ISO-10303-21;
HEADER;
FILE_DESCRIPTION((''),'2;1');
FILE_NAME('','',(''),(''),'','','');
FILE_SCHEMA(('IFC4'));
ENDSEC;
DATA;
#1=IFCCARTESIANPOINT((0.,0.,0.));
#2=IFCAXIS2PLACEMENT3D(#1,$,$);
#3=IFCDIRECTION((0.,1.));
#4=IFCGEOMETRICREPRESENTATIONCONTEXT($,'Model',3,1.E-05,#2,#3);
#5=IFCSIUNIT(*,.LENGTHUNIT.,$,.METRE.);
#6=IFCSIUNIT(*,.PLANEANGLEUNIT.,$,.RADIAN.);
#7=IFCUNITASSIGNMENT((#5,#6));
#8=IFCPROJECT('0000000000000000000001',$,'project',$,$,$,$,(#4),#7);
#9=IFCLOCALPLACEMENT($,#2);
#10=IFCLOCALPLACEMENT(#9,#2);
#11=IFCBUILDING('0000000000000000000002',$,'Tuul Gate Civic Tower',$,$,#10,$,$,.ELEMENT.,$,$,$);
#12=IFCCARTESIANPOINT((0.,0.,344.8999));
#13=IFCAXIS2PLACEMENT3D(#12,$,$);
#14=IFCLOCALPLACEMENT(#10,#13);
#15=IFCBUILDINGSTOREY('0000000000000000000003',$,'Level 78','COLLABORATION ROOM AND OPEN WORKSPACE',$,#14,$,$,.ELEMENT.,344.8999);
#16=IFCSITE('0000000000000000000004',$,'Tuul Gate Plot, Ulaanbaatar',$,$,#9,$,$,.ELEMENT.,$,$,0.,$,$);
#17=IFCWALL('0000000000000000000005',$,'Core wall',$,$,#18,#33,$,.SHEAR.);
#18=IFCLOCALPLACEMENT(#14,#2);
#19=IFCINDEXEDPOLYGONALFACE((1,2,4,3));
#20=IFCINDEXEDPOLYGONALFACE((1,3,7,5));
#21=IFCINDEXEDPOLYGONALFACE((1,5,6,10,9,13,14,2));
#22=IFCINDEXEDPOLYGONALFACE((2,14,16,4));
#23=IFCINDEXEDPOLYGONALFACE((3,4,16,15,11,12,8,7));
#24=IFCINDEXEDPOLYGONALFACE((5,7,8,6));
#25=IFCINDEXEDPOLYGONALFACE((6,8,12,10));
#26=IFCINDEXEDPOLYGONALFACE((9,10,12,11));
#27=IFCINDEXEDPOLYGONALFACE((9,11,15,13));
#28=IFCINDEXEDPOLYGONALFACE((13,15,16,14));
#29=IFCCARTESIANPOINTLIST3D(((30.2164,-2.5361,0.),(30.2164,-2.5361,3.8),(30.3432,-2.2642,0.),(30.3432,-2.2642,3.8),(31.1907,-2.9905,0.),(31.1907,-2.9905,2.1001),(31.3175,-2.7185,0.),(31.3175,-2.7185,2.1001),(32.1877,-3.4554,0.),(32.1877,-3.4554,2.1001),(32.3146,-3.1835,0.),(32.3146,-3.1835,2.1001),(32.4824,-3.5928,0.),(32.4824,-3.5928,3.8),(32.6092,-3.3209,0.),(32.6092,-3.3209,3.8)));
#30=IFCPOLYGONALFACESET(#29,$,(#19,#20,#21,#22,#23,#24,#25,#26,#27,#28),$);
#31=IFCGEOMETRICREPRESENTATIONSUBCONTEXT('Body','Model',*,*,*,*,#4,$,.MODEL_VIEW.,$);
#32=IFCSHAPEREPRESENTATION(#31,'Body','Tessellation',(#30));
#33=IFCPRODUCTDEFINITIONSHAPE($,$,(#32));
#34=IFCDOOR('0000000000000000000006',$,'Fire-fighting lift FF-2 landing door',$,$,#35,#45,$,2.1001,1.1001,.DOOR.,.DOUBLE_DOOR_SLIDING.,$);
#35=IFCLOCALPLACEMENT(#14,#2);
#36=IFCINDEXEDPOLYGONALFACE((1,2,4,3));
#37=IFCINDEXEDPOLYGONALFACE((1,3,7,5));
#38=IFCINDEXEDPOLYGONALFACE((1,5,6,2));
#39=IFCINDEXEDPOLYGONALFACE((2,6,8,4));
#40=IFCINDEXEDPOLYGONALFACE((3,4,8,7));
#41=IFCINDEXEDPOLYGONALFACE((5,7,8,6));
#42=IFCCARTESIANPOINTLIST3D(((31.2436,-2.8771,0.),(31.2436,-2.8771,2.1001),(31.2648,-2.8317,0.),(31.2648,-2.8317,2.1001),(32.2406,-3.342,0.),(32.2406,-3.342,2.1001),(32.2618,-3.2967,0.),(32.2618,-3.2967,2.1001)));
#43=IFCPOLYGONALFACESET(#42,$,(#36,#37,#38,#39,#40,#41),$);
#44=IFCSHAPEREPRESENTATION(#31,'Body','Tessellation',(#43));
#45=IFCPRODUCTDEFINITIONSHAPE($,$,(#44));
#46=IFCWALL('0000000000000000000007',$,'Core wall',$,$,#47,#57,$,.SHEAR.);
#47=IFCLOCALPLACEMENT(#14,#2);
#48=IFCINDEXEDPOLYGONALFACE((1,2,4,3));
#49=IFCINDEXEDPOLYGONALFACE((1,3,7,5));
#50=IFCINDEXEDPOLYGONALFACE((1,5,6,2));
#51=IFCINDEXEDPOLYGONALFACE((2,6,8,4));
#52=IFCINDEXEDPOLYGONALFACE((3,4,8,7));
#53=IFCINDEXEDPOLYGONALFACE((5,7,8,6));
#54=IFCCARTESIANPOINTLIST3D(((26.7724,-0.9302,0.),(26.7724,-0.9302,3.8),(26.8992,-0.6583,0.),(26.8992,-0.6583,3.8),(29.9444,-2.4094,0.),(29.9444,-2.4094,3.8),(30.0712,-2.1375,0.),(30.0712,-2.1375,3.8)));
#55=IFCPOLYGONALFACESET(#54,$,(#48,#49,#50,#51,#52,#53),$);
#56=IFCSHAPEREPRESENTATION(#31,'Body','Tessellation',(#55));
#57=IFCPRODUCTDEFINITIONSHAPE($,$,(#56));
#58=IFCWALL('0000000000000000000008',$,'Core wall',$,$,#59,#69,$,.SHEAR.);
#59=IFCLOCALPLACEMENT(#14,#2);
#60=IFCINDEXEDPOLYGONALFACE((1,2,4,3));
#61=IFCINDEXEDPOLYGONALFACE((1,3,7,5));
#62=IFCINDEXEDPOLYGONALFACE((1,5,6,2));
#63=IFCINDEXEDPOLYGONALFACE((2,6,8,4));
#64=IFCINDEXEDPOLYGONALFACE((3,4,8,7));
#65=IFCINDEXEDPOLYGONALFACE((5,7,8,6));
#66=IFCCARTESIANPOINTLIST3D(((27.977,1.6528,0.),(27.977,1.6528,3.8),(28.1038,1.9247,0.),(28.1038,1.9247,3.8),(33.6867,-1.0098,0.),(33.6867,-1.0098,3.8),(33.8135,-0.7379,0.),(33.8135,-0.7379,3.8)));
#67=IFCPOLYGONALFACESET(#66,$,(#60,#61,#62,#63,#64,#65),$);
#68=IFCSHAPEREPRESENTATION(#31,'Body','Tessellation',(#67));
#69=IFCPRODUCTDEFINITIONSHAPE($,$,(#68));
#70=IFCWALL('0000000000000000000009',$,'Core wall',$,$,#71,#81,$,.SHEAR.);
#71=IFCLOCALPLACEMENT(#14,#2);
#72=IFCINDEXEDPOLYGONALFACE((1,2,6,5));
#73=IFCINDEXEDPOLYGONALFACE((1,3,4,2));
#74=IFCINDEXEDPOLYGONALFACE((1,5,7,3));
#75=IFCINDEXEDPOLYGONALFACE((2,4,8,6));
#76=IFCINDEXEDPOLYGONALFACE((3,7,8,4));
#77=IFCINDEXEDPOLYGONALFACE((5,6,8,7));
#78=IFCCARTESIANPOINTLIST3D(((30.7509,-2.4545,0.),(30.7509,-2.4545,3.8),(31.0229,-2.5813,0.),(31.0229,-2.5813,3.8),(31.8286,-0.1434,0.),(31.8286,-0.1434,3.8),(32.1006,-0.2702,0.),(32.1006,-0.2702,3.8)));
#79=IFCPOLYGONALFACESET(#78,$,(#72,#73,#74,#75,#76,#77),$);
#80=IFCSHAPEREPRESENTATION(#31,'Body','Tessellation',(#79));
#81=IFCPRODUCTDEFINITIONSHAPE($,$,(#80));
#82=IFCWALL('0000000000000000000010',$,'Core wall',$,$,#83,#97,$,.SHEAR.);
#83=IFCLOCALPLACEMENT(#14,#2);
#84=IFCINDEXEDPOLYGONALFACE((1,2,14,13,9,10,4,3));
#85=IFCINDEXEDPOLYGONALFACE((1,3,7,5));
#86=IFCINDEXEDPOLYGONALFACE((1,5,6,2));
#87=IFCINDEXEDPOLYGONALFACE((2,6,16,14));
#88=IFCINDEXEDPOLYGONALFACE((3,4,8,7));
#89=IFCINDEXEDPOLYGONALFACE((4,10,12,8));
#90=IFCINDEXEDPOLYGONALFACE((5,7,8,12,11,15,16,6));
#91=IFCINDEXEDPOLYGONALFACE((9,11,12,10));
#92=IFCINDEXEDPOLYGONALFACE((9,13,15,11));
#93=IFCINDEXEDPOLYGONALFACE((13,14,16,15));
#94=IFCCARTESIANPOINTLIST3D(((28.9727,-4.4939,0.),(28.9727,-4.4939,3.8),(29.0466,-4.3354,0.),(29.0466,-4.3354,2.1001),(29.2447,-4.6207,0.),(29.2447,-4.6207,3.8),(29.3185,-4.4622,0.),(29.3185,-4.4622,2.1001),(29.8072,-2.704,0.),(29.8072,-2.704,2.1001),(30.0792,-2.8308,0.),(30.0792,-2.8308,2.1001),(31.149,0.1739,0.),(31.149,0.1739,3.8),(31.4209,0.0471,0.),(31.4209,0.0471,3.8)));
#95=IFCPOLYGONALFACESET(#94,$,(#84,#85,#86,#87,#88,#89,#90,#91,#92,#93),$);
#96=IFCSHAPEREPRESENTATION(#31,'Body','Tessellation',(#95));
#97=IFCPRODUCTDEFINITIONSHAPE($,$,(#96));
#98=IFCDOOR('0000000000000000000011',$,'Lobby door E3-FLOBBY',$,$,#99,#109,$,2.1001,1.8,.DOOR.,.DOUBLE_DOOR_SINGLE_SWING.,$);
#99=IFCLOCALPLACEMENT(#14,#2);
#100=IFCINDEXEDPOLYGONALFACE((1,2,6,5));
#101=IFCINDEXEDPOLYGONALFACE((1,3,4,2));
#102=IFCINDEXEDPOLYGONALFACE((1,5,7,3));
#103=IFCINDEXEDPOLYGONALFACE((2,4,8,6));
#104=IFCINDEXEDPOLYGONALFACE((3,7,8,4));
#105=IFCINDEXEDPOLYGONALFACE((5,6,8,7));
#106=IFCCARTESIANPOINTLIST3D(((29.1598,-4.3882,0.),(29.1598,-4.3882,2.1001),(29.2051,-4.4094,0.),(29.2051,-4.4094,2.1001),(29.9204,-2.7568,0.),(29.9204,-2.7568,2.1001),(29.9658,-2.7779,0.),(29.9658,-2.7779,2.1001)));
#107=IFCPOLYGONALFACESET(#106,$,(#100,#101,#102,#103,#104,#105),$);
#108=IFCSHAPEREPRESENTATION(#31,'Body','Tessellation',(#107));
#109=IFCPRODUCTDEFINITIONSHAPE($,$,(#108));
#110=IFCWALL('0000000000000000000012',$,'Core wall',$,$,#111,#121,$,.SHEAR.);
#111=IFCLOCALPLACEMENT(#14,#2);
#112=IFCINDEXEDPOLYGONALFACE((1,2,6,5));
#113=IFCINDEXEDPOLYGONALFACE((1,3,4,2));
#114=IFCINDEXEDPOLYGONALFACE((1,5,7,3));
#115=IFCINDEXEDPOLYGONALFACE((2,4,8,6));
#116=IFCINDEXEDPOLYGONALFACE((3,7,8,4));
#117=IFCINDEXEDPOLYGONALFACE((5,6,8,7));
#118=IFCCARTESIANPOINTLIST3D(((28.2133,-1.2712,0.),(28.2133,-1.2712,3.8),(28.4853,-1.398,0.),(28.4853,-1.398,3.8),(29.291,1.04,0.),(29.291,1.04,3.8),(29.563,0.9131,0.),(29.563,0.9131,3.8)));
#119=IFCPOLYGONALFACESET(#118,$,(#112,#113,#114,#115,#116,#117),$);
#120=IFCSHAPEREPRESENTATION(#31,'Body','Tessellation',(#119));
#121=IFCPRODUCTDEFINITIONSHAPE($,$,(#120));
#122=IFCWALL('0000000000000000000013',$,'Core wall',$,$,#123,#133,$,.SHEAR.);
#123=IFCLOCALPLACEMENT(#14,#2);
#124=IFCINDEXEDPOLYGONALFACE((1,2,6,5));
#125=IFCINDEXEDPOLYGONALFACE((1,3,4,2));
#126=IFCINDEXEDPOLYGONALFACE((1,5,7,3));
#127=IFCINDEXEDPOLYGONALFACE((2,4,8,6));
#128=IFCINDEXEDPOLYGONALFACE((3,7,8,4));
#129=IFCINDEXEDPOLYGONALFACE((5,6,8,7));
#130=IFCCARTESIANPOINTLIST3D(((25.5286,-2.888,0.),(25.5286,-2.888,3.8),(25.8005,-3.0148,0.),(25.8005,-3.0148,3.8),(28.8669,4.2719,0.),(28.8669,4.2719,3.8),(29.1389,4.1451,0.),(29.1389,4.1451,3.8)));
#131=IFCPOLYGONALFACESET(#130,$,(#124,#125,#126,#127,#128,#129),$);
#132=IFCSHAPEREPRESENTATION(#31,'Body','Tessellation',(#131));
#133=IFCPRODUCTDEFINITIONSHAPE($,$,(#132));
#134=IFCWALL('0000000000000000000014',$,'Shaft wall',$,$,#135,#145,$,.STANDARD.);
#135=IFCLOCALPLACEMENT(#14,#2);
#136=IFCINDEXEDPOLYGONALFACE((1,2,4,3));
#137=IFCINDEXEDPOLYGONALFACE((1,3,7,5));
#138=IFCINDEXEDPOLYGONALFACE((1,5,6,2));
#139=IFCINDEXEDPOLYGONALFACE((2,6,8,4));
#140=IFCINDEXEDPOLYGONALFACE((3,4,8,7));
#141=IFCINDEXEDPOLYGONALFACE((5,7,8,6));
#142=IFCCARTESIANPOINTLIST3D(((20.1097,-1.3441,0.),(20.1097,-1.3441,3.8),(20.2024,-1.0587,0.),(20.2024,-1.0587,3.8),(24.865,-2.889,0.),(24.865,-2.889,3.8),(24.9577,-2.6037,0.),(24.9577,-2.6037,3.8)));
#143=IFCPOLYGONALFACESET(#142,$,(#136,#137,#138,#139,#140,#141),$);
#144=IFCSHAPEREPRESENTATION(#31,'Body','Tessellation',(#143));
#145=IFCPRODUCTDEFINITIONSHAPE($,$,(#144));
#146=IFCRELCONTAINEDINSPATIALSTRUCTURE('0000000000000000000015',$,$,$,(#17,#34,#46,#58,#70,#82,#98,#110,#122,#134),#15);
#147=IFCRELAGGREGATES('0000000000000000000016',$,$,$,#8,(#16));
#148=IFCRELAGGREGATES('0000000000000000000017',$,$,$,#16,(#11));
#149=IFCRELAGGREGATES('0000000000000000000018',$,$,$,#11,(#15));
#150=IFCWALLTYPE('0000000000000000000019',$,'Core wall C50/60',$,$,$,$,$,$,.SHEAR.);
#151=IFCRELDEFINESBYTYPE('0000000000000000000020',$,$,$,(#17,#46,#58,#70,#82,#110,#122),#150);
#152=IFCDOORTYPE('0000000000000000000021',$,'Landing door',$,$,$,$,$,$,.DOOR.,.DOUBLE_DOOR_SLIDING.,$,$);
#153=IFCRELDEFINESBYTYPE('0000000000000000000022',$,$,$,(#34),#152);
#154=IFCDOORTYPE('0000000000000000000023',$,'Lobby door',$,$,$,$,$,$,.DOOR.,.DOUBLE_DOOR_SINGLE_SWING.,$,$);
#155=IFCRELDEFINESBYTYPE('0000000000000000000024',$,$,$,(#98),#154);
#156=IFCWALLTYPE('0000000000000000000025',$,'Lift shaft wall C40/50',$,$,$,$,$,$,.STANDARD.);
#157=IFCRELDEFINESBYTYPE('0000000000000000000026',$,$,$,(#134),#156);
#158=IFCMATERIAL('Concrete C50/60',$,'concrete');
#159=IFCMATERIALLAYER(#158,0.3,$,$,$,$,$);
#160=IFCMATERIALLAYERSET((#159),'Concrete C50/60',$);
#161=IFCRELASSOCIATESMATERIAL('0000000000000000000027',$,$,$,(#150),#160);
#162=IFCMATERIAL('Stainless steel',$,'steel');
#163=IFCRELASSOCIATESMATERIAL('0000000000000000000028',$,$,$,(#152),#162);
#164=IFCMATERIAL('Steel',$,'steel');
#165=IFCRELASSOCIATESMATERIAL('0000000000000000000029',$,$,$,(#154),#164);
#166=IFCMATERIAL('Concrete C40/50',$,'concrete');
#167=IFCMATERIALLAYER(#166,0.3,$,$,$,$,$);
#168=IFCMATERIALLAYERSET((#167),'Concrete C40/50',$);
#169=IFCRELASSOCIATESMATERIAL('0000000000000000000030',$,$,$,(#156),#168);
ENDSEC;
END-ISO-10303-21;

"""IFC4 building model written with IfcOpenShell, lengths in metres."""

from ifc_helpers import new_model, si_unit, direction, frame, frame_2d, origin, place, context, subcontext, project, spatial, rectangle, extrude, material, layer, layer_set, type_object, element, fill, save


model = new_model("IFC4")

# Units and contexts
model_context = context("Model", 3, precision=1e-05, world=origin(), true_north=direction((0.0, 1.0)))
body_context = subcontext(model_context, "Body", "Model", "MODEL_VIEW")
ifc_project = project(units=[si_unit("LENGTHUNIT", "METRE"), si_unit("PLANEANGLEUNIT", "RADIAN")], contexts=[model_context])

# Site, building, storey
site_placement = place(None, origin())
site = spatial("IfcSite", under=ifc_project, at=site_placement, Name="Tuul Gate Plot, Ulaanbaatar", CompositionType="ELEMENT", RefElevation=0.0)
building_placement = place(site_placement, origin())
building = spatial("IfcBuilding", under=site, at=building_placement, Name="Tuul Gate Civic Tower", CompositionType="ELEMENT")
storey_placement = place(building_placement, frame((0.0, 0.0, 344.8999)))
storey = spatial("IfcBuildingStorey", under=building, at=storey_placement, Name="Level 78", Description="COLLABORATION ROOM AND OPEN WORKSPACE", CompositionType="ELEMENT", Elevation=344.8999)

# Wall, opening, door
ifc_material_1 = material(Name="Concrete C50/60", Category="concrete")
ifc_layer_1 = layer(ifc_material_1, 0.3)
ifc_layer_set_1 = layer_set([ifc_layer_1], Name="Concrete C50/60")
wall_type_1 = type_object("IfcWallType", Name="Core wall C50/60", PredefinedType="SHEAR", material=ifc_layer_set_1)
wall_1_placement = place(storey_placement, frame((32.5457, -3.4568, 0.0), z_axis=(0.0, 0.0, 1.0), x_axis=(-0.9063, 0.422634, 0.0)))
wall_1 = element("IfcWall", 1, at=wall_1_placement, inside=storey, type_object=wall_type_1, Name="Core wall", PredefinedType="SHEAR", context=body_context, shape_type="SweptSolid", body=[
    extrude(rectangle(XDim=2.5002, YDim=0.3, at=frame_2d((1.25, 0.0))), origin(), (0.0, 0.0, 1.0), 3.8),
])
opening_1_placement = place(wall_1_placement, frame((0.325, 0.0, 0.0)))
opening_1 = element("IfcOpeningElement", 2, at=opening_1_placement, cuts=wall_1, PredefinedType="OPENING", context=body_context, shape_type="SweptSolid", body=[
    extrude(rectangle(XDim=1.1001, YDim=2.1001, at=frame_2d((0.55, 1.05))), frame((0.0, 0.1602, 0.0), z_axis=(0.0, -1.0, 0.0), x_axis=(1.0, 0.0, 0.0)), (0.0, 0.0, 1.0), 0.3201),
])
ifc_material_2 = material(Name="Stainless steel", Category="steel")
door_type_1 = type_object("IfcDoorType", Name="Landing door", OperationType="DOUBLE_DOOR_SLIDING", PredefinedType="DOOR", material=ifc_material_2)
door_1_placement = place(opening_1_placement, origin())
door_1 = element("IfcDoor", 3, at=door_1_placement, inside=storey, type_object=door_type_1, Name="Fire-fighting lift FF-2 landing door", OperationType="DOUBLE_DOOR_SLIDING", OverallHeight=2.1001, OverallWidth=1.1001, PredefinedType="DOOR", context=body_context, shape_type="SweptSolid", body=[
    extrude(rectangle(XDim=1.1001, YDim=2.1001, at=frame_2d((0.55, 1.05))), frame((0.0, 0.0249, 0.0), z_axis=(0.0, -1.0, 0.0), x_axis=(1.0, 0.0, 0.0)), (0.0, 0.0, 1.0), 0.05),
])
fill(opening_1, door_1)

# Walls
wall_2_placement = place(storey_placement, frame((30.0078, -2.2734, 0.0), z_axis=(0.0, 0.0, 1.0), x_axis=(-0.906301, 0.422633, 0.0)))
element("IfcWall", 4, at=wall_2_placement, inside=storey, type_object=wall_type_1, Name="Core wall", PredefinedType="SHEAR", context=body_context, shape_type="SweptSolid", body=[
    extrude(rectangle(XDim=3.5, YDim=0.3, at=frame_2d((1.75, 0.0))), origin(), (0.0, 0.0, 1.0), 3.8),
])
wall_3_placement = place(storey_placement, frame((33.75, -0.8738, 0.0), z_axis=(0.0, 0.0, 1.0), x_axis=(-0.906301, 0.422633, 0.0)))
element("IfcWall", 5, at=wall_3_placement, inside=storey, type_object=wall_type_1, Name="Core wall", PredefinedType="SHEAR", context=body_context, shape_type="SweptSolid", body=[
    extrude(rectangle(XDim=6.3, YDim=0.3, at=frame_2d((3.1499, 0.0))), origin(), (0.0, 0.0, 1.0), 3.8),
])
wall_4_placement = place(storey_placement, frame((30.887, -2.5178, 0.0), z_axis=(0.0, 0.0, 1.0), x_axis=(0.422613, 0.90631, 0.0)))
element("IfcWall", 6, at=wall_4_placement, inside=storey, type_object=wall_type_1, Name="Core wall", PredefinedType="SHEAR", context=body_context, shape_type="SweptSolid", body=[
    extrude(rectangle(XDim=2.55, YDim=0.3, at=frame_2d((1.2749, 0.0))), origin(), (0.0, 0.0, 1.0), 3.8),
])

# Wall, opening, door
wall_5_placement = place(storey_placement, frame((29.1086, -4.5574, 0.0), z_axis=(0.0, 0.0, 1.0), x_axis=(0.422566, 0.906332, 0.0)))
wall_5 = element("IfcWall", 7, at=wall_5_placement, inside=storey, type_object=wall_type_1, Name="Core wall", PredefinedType="SHEAR", context=body_context, shape_type="SweptSolid", body=[
    extrude(rectangle(XDim=5.1501, YDim=0.3, at=frame_2d((2.5752, 0.0))), origin(), (0.0, 0.0, 1.0), 3.8),
])
opening_2_placement = place(wall_5_placement, frame((0.175, 0.0, 0.0)))
opening_2 = element("IfcOpeningElement", 8, at=opening_2_placement, cuts=wall_5, PredefinedType="OPENING", context=body_context, shape_type="SweptSolid", body=[
    extrude(rectangle(XDim=1.8, YDim=2.1001, at=frame_2d((0.8999, 1.05))), frame((0.0, 0.1602, 0.0), z_axis=(0.0, -1.0, 0.0), x_axis=(1.0, 0.0, 0.0)), (0.0, 0.0, 1.0), 0.3201),
])
ifc_material_3 = material(Name="Steel", Category="steel")
door_type_2 = type_object("IfcDoorType", Name="Lobby door", OperationType="DOUBLE_DOOR_SINGLE_SWING", PredefinedType="DOOR", material=ifc_material_3)
door_2_placement = place(opening_2_placement, frame((1.8, 0.0, 0.0), z_axis=(0.0, 0.0, 1.0), x_axis=(-1.0, 0.0, 0.0)))
door_2 = element("IfcDoor", 9, at=door_2_placement, inside=storey, type_object=door_type_2, Name="Lobby door E3-FLOBBY", OperationType="DOUBLE_DOOR_SINGLE_SWING", OverallHeight=2.1001, OverallWidth=1.8, PredefinedType="DOOR", context=body_context, shape_type="SweptSolid", body=[
    extrude(rectangle(XDim=1.8, YDim=2.1001, at=frame_2d((0.9001, 1.05))), frame((0.0, 0.0249, 0.0), z_axis=(0.0, -1.0, 0.0), x_axis=(1.0, 0.0, 0.0)), (0.0, 0.0, 1.0), 0.05),
])
fill(opening_2, door_2)

# Walls
wall_6_placement = place(storey_placement, frame((28.3494, -1.3345, 0.0), z_axis=(0.0, 0.0, 1.0), x_axis=(0.422613, 0.90631, 0.0)))
element("IfcWall", 10, at=wall_6_placement, inside=storey, type_object=wall_type_1, Name="Core wall", PredefinedType="SHEAR", context=body_context, shape_type="SweptSolid", body=[
    extrude(rectangle(XDim=2.55, YDim=0.3, at=frame_2d((1.2749, 0.0))), origin(), (0.0, 0.0, 1.0), 3.8),
])
wall_7_placement = place(storey_placement, frame((25.6646, -2.9514, 0.0), z_axis=(0.0, 0.0, 1.0), x_axis=(0.422583, 0.906324, 0.0)))
element("IfcWall", 11, at=wall_7_placement, inside=storey, type_object=wall_type_1, Name="Core wall", PredefinedType="SHEAR", context=body_context, shape_type="SweptSolid", body=[
    extrude(rectangle(XDim=7.8999, YDim=0.3, at=frame_2d((3.95, 0.0))), origin(), (0.0, 0.0, 1.0), 3.8),
])
ifc_material_4 = material(Name="Concrete C40/50", Category="concrete")
ifc_layer_2 = layer(ifc_material_4, 0.3)
ifc_layer_set_2 = layer_set([ifc_layer_2], Name="Concrete C40/50")
wall_type_2 = type_object("IfcWallType", Name="Lift shaft wall C40/50", PredefinedType="STANDARD", material=ifc_layer_set_2)
wall_8_placement = place(storey_placement, frame((24.9114, -2.7463, 0.0), z_axis=(0.0, 0.0, 1.0), x_axis=(-0.951068, 0.308982, 0.0)))
element("IfcWall", 12, at=wall_8_placement, inside=storey, type_object=wall_type_2, Name="Shaft wall", PredefinedType="STANDARD", context=body_context, shape_type="SweptSolid", body=[
    extrude(rectangle(XDim=5.0, YDim=0.3, at=frame_2d((2.5, 0.0))), origin(), (0.0, 0.0, 1.0), 3.8),
])

save(model, "model.ifc")
